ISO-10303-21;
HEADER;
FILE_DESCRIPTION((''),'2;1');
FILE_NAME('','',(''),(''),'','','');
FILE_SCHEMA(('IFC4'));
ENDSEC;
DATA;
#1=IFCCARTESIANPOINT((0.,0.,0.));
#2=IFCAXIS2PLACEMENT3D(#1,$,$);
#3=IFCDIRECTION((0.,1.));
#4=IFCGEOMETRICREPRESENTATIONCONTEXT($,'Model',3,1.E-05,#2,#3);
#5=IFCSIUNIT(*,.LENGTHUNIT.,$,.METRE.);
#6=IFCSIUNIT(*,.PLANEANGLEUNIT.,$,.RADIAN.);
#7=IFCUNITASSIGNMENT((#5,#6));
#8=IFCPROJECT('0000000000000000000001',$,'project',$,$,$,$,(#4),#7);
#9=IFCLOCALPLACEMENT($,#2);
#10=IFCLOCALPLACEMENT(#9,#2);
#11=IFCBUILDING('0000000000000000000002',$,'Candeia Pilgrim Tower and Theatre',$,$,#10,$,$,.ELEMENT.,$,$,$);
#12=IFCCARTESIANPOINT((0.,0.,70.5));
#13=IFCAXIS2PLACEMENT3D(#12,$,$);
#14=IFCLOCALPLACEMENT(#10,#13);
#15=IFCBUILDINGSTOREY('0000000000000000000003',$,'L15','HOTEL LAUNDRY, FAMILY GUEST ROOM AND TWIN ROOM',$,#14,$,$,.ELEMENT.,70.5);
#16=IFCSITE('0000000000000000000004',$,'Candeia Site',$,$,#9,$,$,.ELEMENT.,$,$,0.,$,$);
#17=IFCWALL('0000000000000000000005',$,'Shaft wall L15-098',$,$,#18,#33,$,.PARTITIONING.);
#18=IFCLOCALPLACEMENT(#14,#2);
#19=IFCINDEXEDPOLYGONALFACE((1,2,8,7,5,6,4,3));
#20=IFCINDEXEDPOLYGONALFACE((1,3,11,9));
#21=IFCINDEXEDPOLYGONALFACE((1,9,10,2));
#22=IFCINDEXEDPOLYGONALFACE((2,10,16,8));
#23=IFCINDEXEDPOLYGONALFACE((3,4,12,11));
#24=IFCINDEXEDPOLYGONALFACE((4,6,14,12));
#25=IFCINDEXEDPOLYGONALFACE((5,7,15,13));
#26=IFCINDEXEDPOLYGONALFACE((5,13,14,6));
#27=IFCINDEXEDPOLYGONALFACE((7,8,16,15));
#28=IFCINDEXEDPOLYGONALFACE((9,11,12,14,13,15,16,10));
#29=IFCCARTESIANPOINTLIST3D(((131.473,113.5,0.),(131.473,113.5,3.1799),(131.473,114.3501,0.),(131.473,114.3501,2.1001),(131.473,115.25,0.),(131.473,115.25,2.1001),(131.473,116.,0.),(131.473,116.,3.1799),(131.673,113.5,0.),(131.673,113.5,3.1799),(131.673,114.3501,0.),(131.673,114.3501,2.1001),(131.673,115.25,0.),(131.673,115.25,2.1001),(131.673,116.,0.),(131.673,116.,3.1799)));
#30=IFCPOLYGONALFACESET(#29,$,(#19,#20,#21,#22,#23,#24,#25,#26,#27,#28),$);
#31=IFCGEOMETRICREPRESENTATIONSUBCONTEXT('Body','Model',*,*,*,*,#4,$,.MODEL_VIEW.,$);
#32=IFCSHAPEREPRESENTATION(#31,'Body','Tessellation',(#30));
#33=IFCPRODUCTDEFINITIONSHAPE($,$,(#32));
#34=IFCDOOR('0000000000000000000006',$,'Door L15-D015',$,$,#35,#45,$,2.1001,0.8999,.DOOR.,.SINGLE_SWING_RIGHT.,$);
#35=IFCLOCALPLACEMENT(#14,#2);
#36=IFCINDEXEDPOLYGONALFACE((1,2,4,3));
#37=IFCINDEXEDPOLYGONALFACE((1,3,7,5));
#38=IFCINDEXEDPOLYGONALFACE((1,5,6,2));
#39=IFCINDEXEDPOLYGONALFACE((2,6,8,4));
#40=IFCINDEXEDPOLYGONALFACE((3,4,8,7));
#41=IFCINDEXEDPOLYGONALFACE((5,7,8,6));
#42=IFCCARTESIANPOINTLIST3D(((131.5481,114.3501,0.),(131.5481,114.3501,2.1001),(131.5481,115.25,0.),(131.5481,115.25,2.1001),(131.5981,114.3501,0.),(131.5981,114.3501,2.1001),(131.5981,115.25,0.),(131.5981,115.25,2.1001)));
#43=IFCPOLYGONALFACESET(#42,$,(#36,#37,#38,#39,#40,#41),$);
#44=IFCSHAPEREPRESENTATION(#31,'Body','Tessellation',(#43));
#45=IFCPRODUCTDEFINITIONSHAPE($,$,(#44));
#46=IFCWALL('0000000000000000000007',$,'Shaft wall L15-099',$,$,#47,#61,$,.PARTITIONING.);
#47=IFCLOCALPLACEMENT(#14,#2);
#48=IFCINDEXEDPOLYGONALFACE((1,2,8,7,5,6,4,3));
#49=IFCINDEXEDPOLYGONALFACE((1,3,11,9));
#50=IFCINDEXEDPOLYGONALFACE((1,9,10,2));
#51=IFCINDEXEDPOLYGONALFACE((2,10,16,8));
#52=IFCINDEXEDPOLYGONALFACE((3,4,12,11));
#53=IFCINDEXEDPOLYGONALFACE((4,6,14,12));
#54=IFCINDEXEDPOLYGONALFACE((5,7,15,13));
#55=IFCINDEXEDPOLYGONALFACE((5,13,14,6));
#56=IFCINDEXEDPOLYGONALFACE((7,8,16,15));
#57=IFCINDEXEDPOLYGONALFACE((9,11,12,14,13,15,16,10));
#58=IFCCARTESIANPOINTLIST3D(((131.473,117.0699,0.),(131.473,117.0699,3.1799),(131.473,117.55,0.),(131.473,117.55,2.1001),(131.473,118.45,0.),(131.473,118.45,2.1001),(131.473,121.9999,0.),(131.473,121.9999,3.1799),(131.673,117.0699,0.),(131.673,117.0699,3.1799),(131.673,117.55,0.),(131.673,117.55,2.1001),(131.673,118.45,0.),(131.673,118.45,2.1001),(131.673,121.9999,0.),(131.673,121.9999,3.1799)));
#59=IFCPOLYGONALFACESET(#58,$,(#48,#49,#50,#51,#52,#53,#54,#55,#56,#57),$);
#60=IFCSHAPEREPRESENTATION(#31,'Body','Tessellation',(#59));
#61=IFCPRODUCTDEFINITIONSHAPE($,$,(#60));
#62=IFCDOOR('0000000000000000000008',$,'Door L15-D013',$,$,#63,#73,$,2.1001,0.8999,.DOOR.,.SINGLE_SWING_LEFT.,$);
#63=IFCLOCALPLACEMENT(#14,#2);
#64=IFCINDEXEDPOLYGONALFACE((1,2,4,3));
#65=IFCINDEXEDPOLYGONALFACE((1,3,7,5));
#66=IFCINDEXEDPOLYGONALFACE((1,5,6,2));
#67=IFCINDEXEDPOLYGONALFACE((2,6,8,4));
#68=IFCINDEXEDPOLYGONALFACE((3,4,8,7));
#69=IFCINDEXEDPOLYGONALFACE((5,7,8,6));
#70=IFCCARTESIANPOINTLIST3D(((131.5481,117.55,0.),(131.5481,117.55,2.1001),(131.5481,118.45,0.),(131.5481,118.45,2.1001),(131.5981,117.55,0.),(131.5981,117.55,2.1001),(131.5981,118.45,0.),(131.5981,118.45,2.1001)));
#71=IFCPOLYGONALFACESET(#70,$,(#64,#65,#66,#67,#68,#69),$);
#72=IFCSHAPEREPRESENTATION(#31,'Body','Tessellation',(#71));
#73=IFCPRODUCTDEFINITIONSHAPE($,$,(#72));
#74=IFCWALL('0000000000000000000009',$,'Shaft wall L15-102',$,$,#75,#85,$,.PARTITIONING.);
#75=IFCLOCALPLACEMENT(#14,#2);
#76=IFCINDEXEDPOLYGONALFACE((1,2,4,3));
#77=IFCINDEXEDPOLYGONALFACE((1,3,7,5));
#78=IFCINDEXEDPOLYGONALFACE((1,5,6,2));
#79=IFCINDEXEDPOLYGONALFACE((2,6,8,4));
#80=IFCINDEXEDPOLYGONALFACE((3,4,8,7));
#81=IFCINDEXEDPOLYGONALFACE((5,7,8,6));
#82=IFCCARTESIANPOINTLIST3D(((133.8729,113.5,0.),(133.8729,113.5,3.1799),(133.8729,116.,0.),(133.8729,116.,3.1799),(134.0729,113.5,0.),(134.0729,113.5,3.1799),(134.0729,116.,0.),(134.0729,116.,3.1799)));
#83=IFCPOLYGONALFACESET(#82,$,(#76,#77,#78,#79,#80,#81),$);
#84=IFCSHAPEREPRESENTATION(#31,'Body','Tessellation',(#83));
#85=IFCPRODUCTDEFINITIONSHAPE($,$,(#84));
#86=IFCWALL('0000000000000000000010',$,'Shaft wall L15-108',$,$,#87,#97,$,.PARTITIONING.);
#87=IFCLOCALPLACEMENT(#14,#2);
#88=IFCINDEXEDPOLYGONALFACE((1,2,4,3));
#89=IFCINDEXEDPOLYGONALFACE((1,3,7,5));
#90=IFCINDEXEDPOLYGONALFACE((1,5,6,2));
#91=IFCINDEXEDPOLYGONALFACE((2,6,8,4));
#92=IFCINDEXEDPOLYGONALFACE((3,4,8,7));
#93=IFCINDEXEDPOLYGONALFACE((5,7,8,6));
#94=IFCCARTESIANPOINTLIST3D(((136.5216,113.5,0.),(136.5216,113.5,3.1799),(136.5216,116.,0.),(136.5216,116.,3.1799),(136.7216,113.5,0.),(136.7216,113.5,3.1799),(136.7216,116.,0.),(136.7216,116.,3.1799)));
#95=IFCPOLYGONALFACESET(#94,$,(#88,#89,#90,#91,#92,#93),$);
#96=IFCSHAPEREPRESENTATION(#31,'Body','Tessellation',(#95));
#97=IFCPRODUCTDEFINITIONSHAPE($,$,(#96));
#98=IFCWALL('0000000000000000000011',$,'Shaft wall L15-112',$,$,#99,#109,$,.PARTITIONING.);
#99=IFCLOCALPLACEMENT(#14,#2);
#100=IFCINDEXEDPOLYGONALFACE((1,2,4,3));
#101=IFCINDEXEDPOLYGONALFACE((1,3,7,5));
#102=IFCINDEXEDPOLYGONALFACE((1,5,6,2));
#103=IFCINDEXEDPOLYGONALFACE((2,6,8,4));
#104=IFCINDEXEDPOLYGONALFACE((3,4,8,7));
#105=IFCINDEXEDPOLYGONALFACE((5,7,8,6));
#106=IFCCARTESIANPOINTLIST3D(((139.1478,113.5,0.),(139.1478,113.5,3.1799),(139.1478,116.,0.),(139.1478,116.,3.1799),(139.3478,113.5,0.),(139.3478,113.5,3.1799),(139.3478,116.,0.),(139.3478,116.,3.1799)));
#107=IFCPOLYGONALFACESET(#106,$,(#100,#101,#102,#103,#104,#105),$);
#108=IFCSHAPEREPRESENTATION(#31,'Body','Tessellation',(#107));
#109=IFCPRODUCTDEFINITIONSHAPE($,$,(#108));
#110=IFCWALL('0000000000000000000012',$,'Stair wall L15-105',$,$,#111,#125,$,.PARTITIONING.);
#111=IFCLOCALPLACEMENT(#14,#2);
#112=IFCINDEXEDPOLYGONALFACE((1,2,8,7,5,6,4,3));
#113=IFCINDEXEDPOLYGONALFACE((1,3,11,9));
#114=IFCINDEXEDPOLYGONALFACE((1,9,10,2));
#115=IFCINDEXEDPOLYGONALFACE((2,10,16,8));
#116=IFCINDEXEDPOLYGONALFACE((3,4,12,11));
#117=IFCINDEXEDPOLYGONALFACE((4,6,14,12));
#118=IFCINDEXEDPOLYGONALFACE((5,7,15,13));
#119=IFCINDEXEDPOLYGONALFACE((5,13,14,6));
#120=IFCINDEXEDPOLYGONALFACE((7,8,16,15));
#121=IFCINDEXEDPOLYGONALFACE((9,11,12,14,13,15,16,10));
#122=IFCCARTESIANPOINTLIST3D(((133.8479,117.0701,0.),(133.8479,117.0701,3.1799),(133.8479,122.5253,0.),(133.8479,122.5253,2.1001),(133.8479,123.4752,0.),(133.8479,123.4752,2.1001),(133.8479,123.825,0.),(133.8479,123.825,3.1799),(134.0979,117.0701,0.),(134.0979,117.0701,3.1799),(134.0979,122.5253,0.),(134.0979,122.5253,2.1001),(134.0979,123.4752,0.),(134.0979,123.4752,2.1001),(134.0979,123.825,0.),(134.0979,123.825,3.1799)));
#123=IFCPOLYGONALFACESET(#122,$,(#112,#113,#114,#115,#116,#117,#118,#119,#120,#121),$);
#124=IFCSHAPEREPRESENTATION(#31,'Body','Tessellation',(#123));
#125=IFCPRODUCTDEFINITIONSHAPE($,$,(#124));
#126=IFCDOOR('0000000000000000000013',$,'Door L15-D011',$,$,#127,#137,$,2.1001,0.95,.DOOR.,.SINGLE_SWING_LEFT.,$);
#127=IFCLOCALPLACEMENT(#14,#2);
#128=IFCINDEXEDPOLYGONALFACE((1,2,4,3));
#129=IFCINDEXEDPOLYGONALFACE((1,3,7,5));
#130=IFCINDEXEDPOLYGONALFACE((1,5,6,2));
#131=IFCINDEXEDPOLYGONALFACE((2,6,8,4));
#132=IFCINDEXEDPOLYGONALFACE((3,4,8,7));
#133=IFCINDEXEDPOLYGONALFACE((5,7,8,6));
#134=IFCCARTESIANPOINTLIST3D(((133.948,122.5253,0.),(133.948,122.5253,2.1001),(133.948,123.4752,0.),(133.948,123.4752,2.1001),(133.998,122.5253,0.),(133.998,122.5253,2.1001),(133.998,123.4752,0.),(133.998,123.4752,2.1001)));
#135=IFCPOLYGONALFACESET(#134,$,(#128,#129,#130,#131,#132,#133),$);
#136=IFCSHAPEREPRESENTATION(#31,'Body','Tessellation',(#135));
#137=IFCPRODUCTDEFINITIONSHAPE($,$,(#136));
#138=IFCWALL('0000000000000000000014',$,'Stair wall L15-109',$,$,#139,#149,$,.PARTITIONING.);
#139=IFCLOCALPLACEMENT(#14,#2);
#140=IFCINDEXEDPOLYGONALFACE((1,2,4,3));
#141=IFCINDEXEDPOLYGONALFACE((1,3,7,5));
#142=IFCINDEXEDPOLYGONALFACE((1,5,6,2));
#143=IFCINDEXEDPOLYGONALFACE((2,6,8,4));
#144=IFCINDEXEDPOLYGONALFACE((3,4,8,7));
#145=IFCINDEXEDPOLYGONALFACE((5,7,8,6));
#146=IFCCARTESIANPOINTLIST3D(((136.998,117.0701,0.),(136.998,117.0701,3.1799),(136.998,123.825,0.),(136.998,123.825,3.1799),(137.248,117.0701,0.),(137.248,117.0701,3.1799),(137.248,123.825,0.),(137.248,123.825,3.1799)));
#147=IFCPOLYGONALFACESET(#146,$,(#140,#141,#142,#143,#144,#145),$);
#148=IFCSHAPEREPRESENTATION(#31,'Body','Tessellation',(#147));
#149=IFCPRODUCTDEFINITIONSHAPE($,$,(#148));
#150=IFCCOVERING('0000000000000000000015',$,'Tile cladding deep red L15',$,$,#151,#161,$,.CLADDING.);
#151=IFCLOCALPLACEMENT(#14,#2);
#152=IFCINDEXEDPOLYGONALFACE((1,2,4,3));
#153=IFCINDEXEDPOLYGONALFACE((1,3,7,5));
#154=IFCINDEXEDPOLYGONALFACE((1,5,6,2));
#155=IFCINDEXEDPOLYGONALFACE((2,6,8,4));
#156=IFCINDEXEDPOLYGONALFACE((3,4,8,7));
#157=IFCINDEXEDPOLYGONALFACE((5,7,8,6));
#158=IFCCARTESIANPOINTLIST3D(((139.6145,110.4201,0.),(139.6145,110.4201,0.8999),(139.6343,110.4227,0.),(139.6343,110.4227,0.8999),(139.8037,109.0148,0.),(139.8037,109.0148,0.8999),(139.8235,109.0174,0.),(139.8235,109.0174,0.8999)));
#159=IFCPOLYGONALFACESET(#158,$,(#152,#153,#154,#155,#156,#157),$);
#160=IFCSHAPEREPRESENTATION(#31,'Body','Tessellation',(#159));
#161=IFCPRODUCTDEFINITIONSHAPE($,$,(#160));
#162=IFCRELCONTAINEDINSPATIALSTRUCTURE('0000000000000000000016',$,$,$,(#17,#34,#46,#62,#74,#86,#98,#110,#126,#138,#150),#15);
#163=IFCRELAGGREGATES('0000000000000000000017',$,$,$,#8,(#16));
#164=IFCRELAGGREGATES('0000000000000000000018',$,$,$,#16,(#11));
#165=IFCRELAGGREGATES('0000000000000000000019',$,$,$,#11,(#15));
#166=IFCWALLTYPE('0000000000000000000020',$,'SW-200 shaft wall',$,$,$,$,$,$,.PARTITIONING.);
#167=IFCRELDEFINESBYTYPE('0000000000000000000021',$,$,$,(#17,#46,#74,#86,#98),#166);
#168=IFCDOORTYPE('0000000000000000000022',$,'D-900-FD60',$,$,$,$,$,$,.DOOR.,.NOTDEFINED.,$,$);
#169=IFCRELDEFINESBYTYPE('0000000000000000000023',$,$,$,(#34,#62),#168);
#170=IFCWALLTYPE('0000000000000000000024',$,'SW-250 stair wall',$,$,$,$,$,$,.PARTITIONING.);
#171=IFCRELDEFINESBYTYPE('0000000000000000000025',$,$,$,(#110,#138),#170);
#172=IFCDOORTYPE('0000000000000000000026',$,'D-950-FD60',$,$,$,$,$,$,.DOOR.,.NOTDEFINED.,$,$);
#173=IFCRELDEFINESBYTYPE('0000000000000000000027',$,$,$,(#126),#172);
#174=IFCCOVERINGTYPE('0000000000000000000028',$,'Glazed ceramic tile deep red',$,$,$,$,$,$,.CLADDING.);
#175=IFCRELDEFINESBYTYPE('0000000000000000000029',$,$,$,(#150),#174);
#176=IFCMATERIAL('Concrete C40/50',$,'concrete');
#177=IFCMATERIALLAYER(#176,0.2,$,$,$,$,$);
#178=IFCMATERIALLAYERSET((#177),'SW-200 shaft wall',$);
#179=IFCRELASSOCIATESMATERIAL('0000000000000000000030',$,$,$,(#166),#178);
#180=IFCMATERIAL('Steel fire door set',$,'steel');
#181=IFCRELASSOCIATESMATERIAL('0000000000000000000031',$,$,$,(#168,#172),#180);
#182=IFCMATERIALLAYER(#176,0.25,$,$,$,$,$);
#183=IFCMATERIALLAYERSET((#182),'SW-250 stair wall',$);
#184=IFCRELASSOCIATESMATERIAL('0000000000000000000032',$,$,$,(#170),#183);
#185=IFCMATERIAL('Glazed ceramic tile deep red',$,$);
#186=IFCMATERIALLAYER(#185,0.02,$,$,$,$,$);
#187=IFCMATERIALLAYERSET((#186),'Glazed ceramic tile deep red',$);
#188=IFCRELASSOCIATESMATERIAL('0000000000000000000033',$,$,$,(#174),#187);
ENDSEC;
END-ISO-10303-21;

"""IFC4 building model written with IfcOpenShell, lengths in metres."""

from ifc_helpers import new_model, si_unit, direction, frame, frame_2d, origin, origin_2d, place, context, subcontext, project, spatial, rectangle, extrude, material, layer, layer_set, type_object, element, fill, save


model = new_model("IFC4")

# Units and contexts
model_context = context("Model", 3, precision=1e-05, world=origin(), true_north=direction((0.0, 1.0)))
body_context = subcontext(model_context, "Body", "Model", "MODEL_VIEW")
ifc_project = project(units=[si_unit("LENGTHUNIT", "METRE"), si_unit("PLANEANGLEUNIT", "RADIAN")], contexts=[model_context])

# Site, building, storey
site_placement = place(None, origin())
site = spatial("IfcSite", under=ifc_project, at=site_placement, Name="Candeia Site", CompositionType="ELEMENT", RefElevation=0.0)
building_placement = place(site_placement, origin())
building = spatial("IfcBuilding", under=site, at=building_placement, Name="Candeia Pilgrim Tower and Theatre", CompositionType="ELEMENT")
storey_placement = place(building_placement, frame((0.0, 0.0, 70.5)))
storey = spatial("IfcBuildingStorey", under=building, at=storey_placement, Name="L15", Description="HOTEL LAUNDRY, FAMILY GUEST ROOM AND TWIN ROOM", CompositionType="ELEMENT", Elevation=70.5)

# Shared definitions
ifc_material_1 = material(Name="Steel fire door set", Category="steel")

# Shared definitions
ifc_material_2 = material(Name="Concrete C40/50", Category="concrete")
ifc_layer_1 = layer(ifc_material_2, 0.2)
ifc_layer_set_1 = layer_set([ifc_layer_1], Name="SW-200 shaft wall")
wall_type_1 = type_object("IfcWallType", Name="SW-200 shaft wall", PredefinedType="PARTITIONING", material=ifc_layer_set_1)
door_type_1 = type_object("IfcDoorType", Name="D-900-FD60", OperationType="NOTDEFINED", PredefinedType="DOOR", material=ifc_material_1)

# Walls, openings, doors
wall_1_placement = place(storey_placement, frame((131.573, 113.5, 0.0), z_axis=(0.0, 0.0, 1.0), x_axis=(0.0, 1.0, 0.0)))
wall_1 = element("IfcWall", 1, at=wall_1_placement, inside=storey, type_object=wall_type_1, Name="Shaft wall L15-098", PredefinedType="PARTITIONING", context=body_context, shape_type="SweptSolid", body=[
    extrude(rectangle(XDim=2.5, YDim=0.2, at=frame_2d((1.25, 0.0))), origin(), (0.0, 0.0, 1.0), 3.1799),
])
opening_1_placement = place(wall_1_placement, frame((0.8501, 0.0, 0.0)))
opening_1 = element("IfcOpeningElement", 2, at=opening_1_placement, cuts=wall_1, PredefinedType="OPENING", context=body_context, shape_type="SweptSolid", body=[
    extrude(rectangle(XDim=0.8999, YDim=2.1001, at=frame_2d((0.45, 1.05))), frame((0.0, 0.1099, 0.0), z_axis=(0.0, -1.0, 0.0), x_axis=(1.0, 0.0, 0.0)), (0.0, 0.0, 1.0), 0.22),
])
door_1_placement = place(opening_1_placement, origin())
door_1 = element("IfcDoor", 3, at=door_1_placement, inside=storey, type_object=door_type_1, Name="Door L15-D015", OperationType="SINGLE_SWING_RIGHT", OverallHeight=2.1001, OverallWidth=0.8999, PredefinedType="DOOR", context=body_context, shape_type="SweptSolid", body=[
    extrude(rectangle(XDim=0.8999, YDim=2.1001, at=frame_2d((0.45, 1.05))), frame((0.0, 0.0249, 0.0), z_axis=(0.0, -1.0, 0.0), x_axis=(1.0, 0.0, 0.0)), (0.0, 0.0, 1.0), 0.05),
])
fill(opening_1, door_1)
wall_2_placement = place(storey_placement, frame((131.573, 117.0701, 0.0), z_axis=(0.0, 0.0, 1.0), x_axis=(0.0, 1.0, 0.0)))
wall_2 = element("IfcWall", 4, at=wall_2_placement, inside=storey, type_object=wall_type_1, Name="Shaft wall L15-099", PredefinedType="PARTITIONING", context=body_context, shape_type="SweptSolid", body=[
    extrude(rectangle(XDim=4.9299, YDim=0.2, at=frame_2d((2.4648, 0.0))), origin(), (0.0, 0.0, 1.0), 3.1799),
])
opening_2_placement = place(wall_2_placement, frame((0.48, 0.0, 0.0)))
opening_2 = element("IfcOpeningElement", 5, at=opening_2_placement, cuts=wall_2, PredefinedType="OPENING", context=body_context, shape_type="SweptSolid", body=[
    extrude(rectangle(XDim=0.8999, YDim=2.1001, at=frame_2d((0.45, 1.05))), frame((0.0, 0.1099, 0.0), z_axis=(0.0, -1.0, 0.0), x_axis=(1.0, 0.0, 0.0)), (0.0, 0.0, 1.0), 0.22),
])
door_2_placement = place(opening_2_placement, origin())
door_2 = element("IfcDoor", 6, at=door_2_placement, inside=storey, type_object=door_type_1, Name="Door L15-D013", OperationType="SINGLE_SWING_LEFT", OverallHeight=2.1001, OverallWidth=0.8999, PredefinedType="DOOR", context=body_context, shape_type="SweptSolid", body=[
    extrude(rectangle(XDim=0.8999, YDim=2.1001, at=frame_2d((0.45, 1.05))), frame((0.0, 0.0249, 0.0), z_axis=(0.0, -1.0, 0.0), x_axis=(1.0, 0.0, 0.0)), (0.0, 0.0, 1.0), 0.05),
])
fill(opening_2, door_2)

# Walls
for number, where, z_axis, x_axis, name in (
    (7, (133.9729, 113.5, 0.0), (0.0, 0.0, 1.0), (0.0, 1.0, 0.0), "Shaft wall L15-102"),
    (8, (136.6216, 113.5, 0.0), (0.0, 0.0, 1.0), (0.0, 1.0, 0.0), "Shaft wall L15-108"),
    (9, (139.2478, 113.5, 0.0), (0.0, 0.0, 1.0), (0.0, 1.0, 0.0), "Shaft wall L15-112"),
):
    element("IfcWall", number, at=place(storey_placement, frame(where, z_axis=z_axis, x_axis=x_axis)), inside=storey, type_object=wall_type_1, Name=name, PredefinedType="PARTITIONING", context=body_context, shape_type="SweptSolid", body=[
        extrude(rectangle(XDim=2.5, YDim=0.2, at=frame_2d((1.25, 0.0))), origin(), (0.0, 0.0, 1.0), 3.1799),
    ])

# Wall, opening, door
ifc_layer_2 = layer(ifc_material_2, 0.25)
ifc_layer_set_2 = layer_set([ifc_layer_2], Name="SW-250 stair wall")
wall_type_2 = type_object("IfcWallType", Name="SW-250 stair wall", PredefinedType="PARTITIONING", material=ifc_layer_set_2)
wall_3_placement = place(storey_placement, frame((133.9729, 117.0701, 0.0), z_axis=(0.0, 0.0, 1.0), x_axis=(0.0, 1.0, 0.0)))
wall_3 = element("IfcWall", 10, at=wall_3_placement, inside=storey, type_object=wall_type_2, Name="Stair wall L15-105", PredefinedType="PARTITIONING", context=body_context, shape_type="SweptSolid", body=[
    extrude(rectangle(XDim=6.7549, YDim=0.25, at=frame_2d((3.3774, 0.0))), origin(), (0.0, 0.0, 1.0), 3.1799),
])
opening_3_placement = place(wall_3_placement, frame((5.4551, 0.0, 0.0)))
opening_3 = element("IfcOpeningElement", 11, at=opening_3_placement, cuts=wall_3, PredefinedType="OPENING", context=body_context, shape_type="SweptSolid", body=[
    extrude(rectangle(XDim=0.95, YDim=2.1001, at=frame_2d((0.4751, 1.05))), frame((0.0, 0.135, 0.0), z_axis=(0.0, -1.0, 0.0), x_axis=(1.0, 0.0, 0.0)), (0.0, 0.0, 1.0), 0.27),
])
door_type_2 = type_object("IfcDoorType", Name="D-950-FD60", OperationType="NOTDEFINED", PredefinedType="DOOR", material=ifc_material_1)
door_3_placement = place(opening_3_placement, origin())
door_3 = element("IfcDoor", 12, at=door_3_placement, inside=storey, type_object=door_type_2, Name="Door L15-D011", OperationType="SINGLE_SWING_LEFT", OverallHeight=2.1001, OverallWidth=0.95, PredefinedType="DOOR", context=body_context, shape_type="SweptSolid", body=[
    extrude(rectangle(XDim=0.95, YDim=2.1001, at=frame_2d((0.4751, 1.05))), frame((0.0, 0.0249, 0.0), z_axis=(0.0, -1.0, 0.0), x_axis=(1.0, 0.0, 0.0)), (0.0, 0.0, 1.0), 0.05),
])
fill(opening_3, door_3)

# Wall
wall_4_placement = place(storey_placement, frame((137.123, 117.0701, 0.0), z_axis=(0.0, 0.0, 1.0), x_axis=(0.0, 1.0, 0.0)))
element("IfcWall", 13, at=wall_4_placement, inside=storey, type_object=wall_type_2, Name="Stair wall L15-109", PredefinedType="PARTITIONING", context=body_context, shape_type="SweptSolid", body=[
    extrude(rectangle(XDim=6.7549, YDim=0.25, at=frame_2d((3.3774, 0.0))), origin(), (0.0, 0.0, 1.0), 3.1799),
])

# Covering
ifc_material_3 = material(Name="Glazed ceramic tile deep red")
ifc_layer_3 = layer(ifc_material_3, 0.02)
ifc_layer_set_3 = layer_set([ifc_layer_3], Name="Glazed ceramic tile deep red")
covering_type = type_object("IfcCoveringType", Name="Glazed ceramic tile deep red", PredefinedType="CLADDING", material=ifc_layer_set_3)
covering_placement = place(storey_placement, frame((139.719, 109.7188, 0.0), z_axis=(0.0, 0.0, 1.0), x_axis=(-0.133412, 0.991061, 0.0)))
element("IfcCovering", 14, at=covering_placement, inside=storey, type_object=covering_type, Name="Tile cladding deep red L15", PredefinedType="CLADDING", context=body_context, shape_type="SweptSolid", body=[
    extrude(rectangle(XDim=1.418, YDim=0.02, at=origin_2d()), origin(), (0.0, 0.0, 1.0), 0.8999),
])

save(model, "model.ifc")
